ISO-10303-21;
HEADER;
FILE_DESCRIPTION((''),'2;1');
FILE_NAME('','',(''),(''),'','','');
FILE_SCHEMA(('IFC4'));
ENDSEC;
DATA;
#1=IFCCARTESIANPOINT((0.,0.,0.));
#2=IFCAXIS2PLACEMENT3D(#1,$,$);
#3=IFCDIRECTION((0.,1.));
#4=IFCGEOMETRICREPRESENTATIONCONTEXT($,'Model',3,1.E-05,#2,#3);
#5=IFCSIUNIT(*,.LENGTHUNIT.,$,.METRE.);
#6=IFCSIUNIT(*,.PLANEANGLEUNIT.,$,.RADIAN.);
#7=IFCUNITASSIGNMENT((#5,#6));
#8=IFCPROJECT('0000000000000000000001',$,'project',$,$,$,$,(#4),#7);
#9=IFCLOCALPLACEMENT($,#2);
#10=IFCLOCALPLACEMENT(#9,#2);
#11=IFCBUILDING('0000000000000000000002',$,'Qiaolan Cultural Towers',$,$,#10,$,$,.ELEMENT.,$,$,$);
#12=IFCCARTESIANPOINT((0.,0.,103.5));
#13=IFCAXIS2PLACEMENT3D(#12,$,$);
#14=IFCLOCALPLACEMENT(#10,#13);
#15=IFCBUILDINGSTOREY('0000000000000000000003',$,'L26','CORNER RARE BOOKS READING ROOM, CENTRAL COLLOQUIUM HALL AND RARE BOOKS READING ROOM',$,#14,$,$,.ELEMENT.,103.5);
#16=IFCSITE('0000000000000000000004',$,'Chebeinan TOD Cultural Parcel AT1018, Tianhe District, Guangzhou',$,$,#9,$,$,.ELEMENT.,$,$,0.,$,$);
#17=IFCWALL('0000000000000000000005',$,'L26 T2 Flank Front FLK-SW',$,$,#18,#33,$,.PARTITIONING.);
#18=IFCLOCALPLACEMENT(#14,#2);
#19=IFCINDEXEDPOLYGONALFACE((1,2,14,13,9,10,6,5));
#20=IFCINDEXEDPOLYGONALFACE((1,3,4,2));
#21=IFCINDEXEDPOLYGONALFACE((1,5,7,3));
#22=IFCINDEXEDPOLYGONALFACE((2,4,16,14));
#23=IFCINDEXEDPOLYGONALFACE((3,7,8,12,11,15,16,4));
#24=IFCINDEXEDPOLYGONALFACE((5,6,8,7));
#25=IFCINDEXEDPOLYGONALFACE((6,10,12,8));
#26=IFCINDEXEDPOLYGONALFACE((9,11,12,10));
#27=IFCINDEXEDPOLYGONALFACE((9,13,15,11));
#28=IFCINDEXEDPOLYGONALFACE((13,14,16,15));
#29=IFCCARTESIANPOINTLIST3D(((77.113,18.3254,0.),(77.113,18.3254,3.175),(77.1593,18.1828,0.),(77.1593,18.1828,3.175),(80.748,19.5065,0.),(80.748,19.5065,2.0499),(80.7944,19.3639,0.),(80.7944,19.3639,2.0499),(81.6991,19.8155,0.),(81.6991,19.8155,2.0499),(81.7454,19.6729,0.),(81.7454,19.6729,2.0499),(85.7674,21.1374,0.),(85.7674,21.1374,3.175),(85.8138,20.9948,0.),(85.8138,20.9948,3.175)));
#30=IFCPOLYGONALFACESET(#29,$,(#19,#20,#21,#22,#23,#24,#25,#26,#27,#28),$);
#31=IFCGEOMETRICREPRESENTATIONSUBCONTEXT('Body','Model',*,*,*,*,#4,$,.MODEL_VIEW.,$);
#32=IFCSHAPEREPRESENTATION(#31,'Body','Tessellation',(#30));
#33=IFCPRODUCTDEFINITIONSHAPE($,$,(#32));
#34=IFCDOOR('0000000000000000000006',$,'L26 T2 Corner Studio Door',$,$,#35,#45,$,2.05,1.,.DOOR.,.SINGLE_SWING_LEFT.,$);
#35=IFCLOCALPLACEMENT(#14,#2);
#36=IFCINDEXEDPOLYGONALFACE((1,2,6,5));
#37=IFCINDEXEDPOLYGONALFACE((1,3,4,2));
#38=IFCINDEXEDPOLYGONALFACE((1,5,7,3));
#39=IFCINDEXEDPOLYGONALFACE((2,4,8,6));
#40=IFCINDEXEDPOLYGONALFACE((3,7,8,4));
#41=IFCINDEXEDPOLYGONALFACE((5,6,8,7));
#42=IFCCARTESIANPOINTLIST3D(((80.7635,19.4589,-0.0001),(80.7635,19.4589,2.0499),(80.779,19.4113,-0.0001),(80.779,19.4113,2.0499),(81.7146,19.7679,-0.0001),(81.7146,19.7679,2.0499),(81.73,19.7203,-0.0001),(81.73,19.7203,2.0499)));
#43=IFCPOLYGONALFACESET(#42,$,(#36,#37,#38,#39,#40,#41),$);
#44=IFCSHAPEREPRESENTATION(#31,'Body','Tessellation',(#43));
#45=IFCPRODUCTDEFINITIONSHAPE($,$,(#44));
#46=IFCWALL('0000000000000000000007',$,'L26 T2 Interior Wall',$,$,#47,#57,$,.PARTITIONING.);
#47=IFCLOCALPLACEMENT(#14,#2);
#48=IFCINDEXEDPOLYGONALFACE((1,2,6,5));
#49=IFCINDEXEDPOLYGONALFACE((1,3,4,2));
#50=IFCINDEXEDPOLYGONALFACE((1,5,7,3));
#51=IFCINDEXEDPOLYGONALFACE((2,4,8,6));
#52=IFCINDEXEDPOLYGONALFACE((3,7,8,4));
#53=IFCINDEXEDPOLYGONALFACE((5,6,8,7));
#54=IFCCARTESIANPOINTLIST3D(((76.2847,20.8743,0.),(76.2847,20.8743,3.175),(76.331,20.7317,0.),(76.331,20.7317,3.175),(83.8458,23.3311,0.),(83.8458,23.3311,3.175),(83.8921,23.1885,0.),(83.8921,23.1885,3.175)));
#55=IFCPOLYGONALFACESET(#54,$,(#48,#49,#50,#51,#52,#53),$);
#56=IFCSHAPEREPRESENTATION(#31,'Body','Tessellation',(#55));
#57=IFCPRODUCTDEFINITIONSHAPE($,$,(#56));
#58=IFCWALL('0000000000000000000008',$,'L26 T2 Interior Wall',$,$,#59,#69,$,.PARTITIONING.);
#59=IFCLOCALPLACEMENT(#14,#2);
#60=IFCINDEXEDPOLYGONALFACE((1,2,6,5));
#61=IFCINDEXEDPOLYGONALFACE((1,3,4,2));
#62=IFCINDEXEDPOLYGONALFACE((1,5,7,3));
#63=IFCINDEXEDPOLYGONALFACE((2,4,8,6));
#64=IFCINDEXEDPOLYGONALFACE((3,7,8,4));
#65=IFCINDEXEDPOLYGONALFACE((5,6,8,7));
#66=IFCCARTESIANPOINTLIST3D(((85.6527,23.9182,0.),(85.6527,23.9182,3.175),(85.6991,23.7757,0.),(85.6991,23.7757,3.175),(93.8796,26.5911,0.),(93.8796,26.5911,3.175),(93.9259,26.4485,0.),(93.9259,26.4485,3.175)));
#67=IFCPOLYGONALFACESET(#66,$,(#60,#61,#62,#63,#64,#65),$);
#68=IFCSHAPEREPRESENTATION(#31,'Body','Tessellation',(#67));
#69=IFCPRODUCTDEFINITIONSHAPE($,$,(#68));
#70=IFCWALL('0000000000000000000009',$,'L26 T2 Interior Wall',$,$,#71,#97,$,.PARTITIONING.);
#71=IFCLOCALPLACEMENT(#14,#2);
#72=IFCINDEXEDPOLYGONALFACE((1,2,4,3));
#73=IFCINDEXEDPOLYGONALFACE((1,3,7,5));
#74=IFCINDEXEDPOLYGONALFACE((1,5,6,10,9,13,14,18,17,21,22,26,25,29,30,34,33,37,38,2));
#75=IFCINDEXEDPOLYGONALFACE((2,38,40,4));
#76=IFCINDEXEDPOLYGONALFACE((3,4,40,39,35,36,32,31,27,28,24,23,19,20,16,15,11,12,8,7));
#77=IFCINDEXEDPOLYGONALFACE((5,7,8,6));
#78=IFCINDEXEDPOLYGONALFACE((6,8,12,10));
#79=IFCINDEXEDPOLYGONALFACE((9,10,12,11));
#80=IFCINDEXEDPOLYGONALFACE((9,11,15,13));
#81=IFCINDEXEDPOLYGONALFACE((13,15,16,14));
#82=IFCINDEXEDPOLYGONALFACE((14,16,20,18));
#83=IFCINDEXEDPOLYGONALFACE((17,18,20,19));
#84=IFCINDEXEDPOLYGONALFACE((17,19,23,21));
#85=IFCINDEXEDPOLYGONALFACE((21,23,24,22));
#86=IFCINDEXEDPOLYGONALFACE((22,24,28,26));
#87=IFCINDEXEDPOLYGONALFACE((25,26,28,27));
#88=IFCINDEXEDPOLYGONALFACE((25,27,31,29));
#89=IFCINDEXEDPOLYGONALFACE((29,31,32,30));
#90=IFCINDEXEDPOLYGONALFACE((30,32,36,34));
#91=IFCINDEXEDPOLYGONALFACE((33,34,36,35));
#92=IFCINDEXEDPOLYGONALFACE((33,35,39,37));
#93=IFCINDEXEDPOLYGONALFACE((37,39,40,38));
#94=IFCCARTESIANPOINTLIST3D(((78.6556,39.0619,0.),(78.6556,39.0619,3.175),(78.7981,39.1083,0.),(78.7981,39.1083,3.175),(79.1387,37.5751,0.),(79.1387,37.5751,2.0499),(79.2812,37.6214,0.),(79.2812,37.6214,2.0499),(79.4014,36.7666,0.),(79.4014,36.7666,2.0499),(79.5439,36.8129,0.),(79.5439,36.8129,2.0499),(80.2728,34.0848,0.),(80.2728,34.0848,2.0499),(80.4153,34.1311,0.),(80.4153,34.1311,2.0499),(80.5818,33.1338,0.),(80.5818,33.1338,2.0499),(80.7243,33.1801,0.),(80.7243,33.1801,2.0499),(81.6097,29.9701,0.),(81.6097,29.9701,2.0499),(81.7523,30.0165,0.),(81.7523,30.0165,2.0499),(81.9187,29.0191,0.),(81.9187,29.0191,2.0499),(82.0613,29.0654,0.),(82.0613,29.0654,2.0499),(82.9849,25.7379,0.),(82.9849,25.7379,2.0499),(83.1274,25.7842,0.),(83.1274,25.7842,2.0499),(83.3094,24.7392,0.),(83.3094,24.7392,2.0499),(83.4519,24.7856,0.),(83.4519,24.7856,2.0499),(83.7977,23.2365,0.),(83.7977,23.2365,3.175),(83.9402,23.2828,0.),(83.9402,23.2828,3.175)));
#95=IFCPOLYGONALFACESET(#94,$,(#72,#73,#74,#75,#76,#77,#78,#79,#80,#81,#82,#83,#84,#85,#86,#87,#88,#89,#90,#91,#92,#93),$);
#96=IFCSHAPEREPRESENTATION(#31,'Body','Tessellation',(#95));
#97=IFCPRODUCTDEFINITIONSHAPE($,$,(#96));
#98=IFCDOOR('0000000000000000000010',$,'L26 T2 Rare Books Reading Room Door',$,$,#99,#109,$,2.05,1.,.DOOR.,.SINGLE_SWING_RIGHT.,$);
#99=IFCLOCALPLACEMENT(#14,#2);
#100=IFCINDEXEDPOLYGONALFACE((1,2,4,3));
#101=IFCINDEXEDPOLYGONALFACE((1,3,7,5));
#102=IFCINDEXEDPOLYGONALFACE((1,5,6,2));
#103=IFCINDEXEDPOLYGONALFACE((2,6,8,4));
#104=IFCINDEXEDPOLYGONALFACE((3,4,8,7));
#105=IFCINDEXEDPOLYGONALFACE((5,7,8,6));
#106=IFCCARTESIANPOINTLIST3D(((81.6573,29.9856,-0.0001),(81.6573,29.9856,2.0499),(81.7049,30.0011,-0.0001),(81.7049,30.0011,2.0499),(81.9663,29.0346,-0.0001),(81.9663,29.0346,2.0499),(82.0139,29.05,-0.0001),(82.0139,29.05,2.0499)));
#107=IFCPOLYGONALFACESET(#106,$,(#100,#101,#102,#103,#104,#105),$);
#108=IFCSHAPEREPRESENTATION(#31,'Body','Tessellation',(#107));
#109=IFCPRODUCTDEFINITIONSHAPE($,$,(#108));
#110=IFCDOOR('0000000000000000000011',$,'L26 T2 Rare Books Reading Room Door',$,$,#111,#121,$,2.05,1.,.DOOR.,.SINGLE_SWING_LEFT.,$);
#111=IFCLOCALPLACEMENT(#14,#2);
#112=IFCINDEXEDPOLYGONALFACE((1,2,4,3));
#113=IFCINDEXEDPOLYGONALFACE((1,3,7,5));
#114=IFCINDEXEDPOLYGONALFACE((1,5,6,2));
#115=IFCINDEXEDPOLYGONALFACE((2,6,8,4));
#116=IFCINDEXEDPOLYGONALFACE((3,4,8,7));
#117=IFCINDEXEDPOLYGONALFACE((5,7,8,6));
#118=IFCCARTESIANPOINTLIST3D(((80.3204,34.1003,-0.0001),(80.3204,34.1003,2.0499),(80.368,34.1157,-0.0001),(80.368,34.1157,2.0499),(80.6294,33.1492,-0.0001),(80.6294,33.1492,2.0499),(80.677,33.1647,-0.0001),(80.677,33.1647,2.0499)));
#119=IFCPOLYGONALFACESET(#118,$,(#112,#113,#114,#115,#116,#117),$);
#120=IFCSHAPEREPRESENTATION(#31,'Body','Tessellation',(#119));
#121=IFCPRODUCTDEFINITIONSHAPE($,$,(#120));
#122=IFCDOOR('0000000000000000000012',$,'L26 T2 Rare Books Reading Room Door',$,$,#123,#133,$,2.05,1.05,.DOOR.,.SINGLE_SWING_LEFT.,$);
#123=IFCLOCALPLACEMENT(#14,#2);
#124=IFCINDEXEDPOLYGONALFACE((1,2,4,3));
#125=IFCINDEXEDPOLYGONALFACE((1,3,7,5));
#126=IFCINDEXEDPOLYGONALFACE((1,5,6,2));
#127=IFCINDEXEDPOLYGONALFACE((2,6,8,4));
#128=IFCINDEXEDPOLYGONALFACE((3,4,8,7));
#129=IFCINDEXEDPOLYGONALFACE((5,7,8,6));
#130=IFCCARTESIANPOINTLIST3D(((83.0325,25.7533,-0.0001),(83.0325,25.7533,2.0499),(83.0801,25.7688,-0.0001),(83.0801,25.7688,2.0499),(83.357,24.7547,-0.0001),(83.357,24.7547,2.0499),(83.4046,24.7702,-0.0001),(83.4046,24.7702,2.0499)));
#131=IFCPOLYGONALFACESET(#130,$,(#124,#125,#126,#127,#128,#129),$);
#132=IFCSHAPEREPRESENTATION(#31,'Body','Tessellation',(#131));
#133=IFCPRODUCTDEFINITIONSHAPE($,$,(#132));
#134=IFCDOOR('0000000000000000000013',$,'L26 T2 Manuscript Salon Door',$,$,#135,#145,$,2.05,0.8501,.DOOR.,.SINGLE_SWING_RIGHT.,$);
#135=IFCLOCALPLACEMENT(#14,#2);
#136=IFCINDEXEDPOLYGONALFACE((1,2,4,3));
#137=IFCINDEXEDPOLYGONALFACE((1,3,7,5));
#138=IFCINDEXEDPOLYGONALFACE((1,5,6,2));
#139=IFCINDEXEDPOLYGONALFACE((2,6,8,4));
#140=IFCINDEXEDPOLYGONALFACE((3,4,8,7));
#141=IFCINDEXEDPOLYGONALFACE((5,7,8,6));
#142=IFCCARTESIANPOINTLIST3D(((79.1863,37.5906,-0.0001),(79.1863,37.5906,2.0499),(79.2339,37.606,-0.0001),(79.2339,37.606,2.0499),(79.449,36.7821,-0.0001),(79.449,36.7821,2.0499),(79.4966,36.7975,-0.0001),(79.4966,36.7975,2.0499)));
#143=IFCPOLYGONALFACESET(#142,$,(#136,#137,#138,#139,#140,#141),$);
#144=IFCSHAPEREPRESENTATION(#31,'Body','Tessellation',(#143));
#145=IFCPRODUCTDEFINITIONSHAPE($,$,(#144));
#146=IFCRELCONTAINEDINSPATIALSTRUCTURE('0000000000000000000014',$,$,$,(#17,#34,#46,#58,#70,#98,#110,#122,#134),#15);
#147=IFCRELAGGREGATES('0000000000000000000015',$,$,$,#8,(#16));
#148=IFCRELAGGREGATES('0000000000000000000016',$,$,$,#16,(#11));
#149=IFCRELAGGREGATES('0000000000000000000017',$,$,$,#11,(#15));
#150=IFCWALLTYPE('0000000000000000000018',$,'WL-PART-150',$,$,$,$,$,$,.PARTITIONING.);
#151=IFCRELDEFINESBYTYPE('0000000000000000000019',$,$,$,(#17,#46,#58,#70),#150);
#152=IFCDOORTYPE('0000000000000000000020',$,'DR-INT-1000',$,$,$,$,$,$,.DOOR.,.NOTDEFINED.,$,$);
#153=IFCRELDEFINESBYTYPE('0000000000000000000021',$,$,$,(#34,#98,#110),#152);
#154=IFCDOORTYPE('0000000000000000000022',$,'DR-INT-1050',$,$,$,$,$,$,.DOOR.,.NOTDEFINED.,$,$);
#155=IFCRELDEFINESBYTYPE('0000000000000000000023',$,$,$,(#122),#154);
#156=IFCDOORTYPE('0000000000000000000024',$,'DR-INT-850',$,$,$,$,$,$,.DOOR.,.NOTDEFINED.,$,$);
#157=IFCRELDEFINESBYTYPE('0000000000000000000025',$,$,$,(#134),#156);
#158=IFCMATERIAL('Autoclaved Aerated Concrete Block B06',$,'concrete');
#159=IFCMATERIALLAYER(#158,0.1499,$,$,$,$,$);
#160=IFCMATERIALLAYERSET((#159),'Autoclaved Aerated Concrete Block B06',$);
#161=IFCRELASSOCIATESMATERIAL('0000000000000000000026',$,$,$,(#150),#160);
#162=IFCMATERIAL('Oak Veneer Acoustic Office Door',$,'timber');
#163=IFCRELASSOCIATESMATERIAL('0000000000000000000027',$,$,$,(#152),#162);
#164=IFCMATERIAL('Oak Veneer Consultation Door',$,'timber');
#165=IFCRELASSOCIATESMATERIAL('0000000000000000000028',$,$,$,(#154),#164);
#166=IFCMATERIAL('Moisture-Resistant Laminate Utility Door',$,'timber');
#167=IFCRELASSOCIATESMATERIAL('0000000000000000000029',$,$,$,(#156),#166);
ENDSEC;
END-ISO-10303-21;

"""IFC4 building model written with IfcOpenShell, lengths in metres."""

from ifc_helpers import new_model, si_unit, direction, frame, frame_2d, origin, place, context, subcontext, project, spatial, rectangle, extrude, material, layer, layer_set, type_object, element, fill, save


model = new_model("IFC4")

# Units and contexts
model_context = context("Model", 3, precision=1e-05, world=origin(), true_north=direction((0.0, 1.0)))
body_context = subcontext(model_context, "Body", "Model", "MODEL_VIEW")
ifc_project = project(units=[si_unit("LENGTHUNIT", "METRE"), si_unit("PLANEANGLEUNIT", "RADIAN")], contexts=[model_context])

# Site, building, storey
site_placement = place(None, origin())
site = spatial("IfcSite", under=ifc_project, at=site_placement, Name="Chebeinan TOD Cultural Parcel AT1018, Tianhe District, Guangzhou", CompositionType="ELEMENT", RefElevation=0.0)
building_placement = place(site_placement, origin())
building = spatial("IfcBuilding", under=site, at=building_placement, Name="Qiaolan Cultural Towers", CompositionType="ELEMENT")
storey_placement = place(building_placement, frame((0.0, 0.0, 103.5)))
storey = spatial("IfcBuildingStorey", under=building, at=storey_placement, Name="L26", Description="CORNER RARE BOOKS READING ROOM, CENTRAL COLLOQUIUM HALL AND RARE BOOKS READING ROOM", CompositionType="ELEMENT", Elevation=103.5)

# Shared definitions
ifc_material_1 = material(Name="Autoclaved Aerated Concrete Block B06", Category="concrete")
ifc_layer_1 = layer(ifc_material_1, 0.1499)
ifc_layer_set_1 = layer_set([ifc_layer_1], Name="Autoclaved Aerated Concrete Block B06")
wall_type_1 = type_object("IfcWallType", Name="WL-PART-150", PredefinedType="PARTITIONING", material=ifc_layer_set_1)

# Wall, opening, door
wall_1_placement = place(storey_placement, frame((77.1362, 18.2542, 0.0), z_axis=(0.0, 0.0, 1.0), x_axis=(0.951057, 0.309015, 0.0)))
wall_1 = element("IfcWall", 1, at=wall_1_placement, inside=storey, type_object=wall_type_1, Name="L26 T2 Flank Front FLK-SW", PredefinedType="PARTITIONING", context=body_context, shape_type="SweptSolid", body=[
    extrude(rectangle(XDim=9.0999, YDim=0.1499, at=frame_2d((4.5498, 0.0))), origin(), (0.0, 0.0, 1.0), 3.175),
])
opening_1_placement = place(wall_1_placement, frame((3.822, 0.0, 0.0)))
opening_1 = element("IfcOpeningElement", 2, at=opening_1_placement, cuts=wall_1, PredefinedType="OPENING", context=body_context, shape_type="SweptSolid", body=[
    extrude(rectangle(XDim=1.0, YDim=2.05, at=frame_2d((0.5, 1.0249))), frame((0.0, 0.085, 0.0), z_axis=(0.0, -1.0, 0.0), x_axis=(1.0, 0.0, 0.0)), (0.0, 0.0, 1.0), 0.1699),
])
ifc_material_2 = material(Name="Oak Veneer Acoustic Office Door", Category="timber")
door_type_1 = type_object("IfcDoorType", Name="DR-INT-1000", OperationType="NOTDEFINED", PredefinedType="DOOR", material=ifc_material_2)
door_1_placement = place(opening_1_placement, origin())
door_1 = element("IfcDoor", 3, at=door_1_placement, inside=storey, type_object=door_type_1, Name="L26 T2 Corner Studio Door", OperationType="SINGLE_SWING_LEFT", OverallHeight=2.05, OverallWidth=1.0, PredefinedType="DOOR", context=body_context, shape_type="SweptSolid", body=[
    extrude(rectangle(XDim=1.0, YDim=2.05, at=frame_2d((0.5, 1.0249))), frame((0.0, 0.0249, 0.0), z_axis=(0.0, -1.0, 0.0), x_axis=(1.0, 0.0, 0.0)), (0.0, 0.0, 1.0), 0.05),
])
fill(opening_1, door_1)

# Walls
wall_2_placement = place(storey_placement, frame((76.3079, 20.803, 0.0), z_axis=(0.0, 0.0, 1.0), x_axis=(0.951054, 0.309024, 0.0)))
element("IfcWall", 4, at=wall_2_placement, inside=storey, type_object=wall_type_1, Name="L26 T2 Interior Wall", PredefinedType="PARTITIONING", context=body_context, shape_type="SweptSolid", body=[
    extrude(rectangle(XDim=7.9502, YDim=0.1499, at=frame_2d((3.9751, 0.0))), origin(), (0.0, 0.0, 1.0), 3.175),
])
wall_3_placement = place(storey_placement, frame((85.6758, 23.8469, 0.0), z_axis=(0.0, 0.0, 1.0), x_axis=(0.951063, 0.308996, 0.0)))
element("IfcWall", 5, at=wall_3_placement, inside=storey, type_object=wall_type_1, Name="L26 T2 Interior Wall", PredefinedType="PARTITIONING", context=body_context, shape_type="SweptSolid", body=[
    extrude(rectangle(XDim=8.6501, YDim=0.1499, at=frame_2d((4.3252, 0.0))), origin(), (0.0, 0.0, 1.0), 3.175),
])

# Wall, openings, doors
wall_4_placement = place(storey_placement, frame((83.8689, 23.2598, 0.0), z_axis=(0.0, 0.0, 1.0), x_axis=(-0.309022, 0.951055, 0.0)))
wall_4 = element("IfcWall", 6, at=wall_4_placement, inside=storey, type_object=wall_type_1, Name="L26 T2 Interior Wall", PredefinedType="PARTITIONING", context=body_context, shape_type="SweptSolid", body=[
    extrude(rectangle(XDim=16.6399, YDim=0.1499, at=frame_2d((8.3198, 0.0))), origin(), (0.0, 0.0, 1.0), 3.175),
])
opening_2_placement = place(wall_4_placement, frame((1.5801, 0.0, 0.0)))
opening_2 = element("IfcOpeningElement", 7, at=opening_2_placement, cuts=wall_4, PredefinedType="OPENING", context=body_context, shape_type="SweptSolid", body=[
    extrude(rectangle(XDim=1.05, YDim=2.05, at=frame_2d((0.5249, 1.0249))), frame((0.0, 0.085, 0.0), z_axis=(0.0, -1.0, 0.0), x_axis=(1.0, 0.0, 0.0)), (0.0, 0.0, 1.0), 0.1699),
])
opening_3_placement = place(wall_4_placement, frame((6.0801, 0.0, 0.0)))
opening_3 = element("IfcOpeningElement", 8, at=opening_3_placement, cuts=wall_4, PredefinedType="OPENING", context=body_context, shape_type="SweptSolid", body=[
    extrude(rectangle(XDim=1.0, YDim=2.05, at=frame_2d((0.5, 1.0249))), frame((0.0, 0.085, 0.0), z_axis=(0.0, -1.0, 0.0), x_axis=(1.0, 0.0, 0.0)), (0.0, 0.0, 1.0), 0.1699),
])
opening_4_placement = place(wall_4_placement, frame((10.4065, 0.0, 0.0)))
opening_4 = element("IfcOpeningElement", 9, at=opening_4_placement, cuts=wall_4, PredefinedType="OPENING", context=body_context, shape_type="SweptSolid", body=[
    extrude(rectangle(XDim=1.0, YDim=2.05, at=frame_2d((0.5, 1.0249))), frame((0.0, 0.085, 0.0), z_axis=(0.0, -1.0, 0.0), x_axis=(1.0, 0.0, 0.0)), (0.0, 0.0, 1.0), 0.1699),
])
opening_5_placement = place(wall_4_placement, frame((14.2263, 0.0, 0.0)))
opening_5 = element("IfcOpeningElement", 10, at=opening_5_placement, cuts=wall_4, PredefinedType="OPENING", context=body_context, shape_type="SweptSolid", body=[
    extrude(rectangle(XDim=0.8501, YDim=2.05, at=frame_2d((0.425, 1.0249))), frame((0.0, 0.085, 0.0), z_axis=(0.0, -1.0, 0.0), x_axis=(1.0, 0.0, 0.0)), (0.0, 0.0, 1.0), 0.1699),
])
door_2_placement = place(opening_3_placement, origin())
door_2 = element("IfcDoor", 11, at=door_2_placement, inside=storey, type_object=door_type_1, Name="L26 T2 Rare Books Reading Room Door", OperationType="SINGLE_SWING_RIGHT", OverallHeight=2.05, OverallWidth=1.0, PredefinedType="DOOR", context=body_context, shape_type="SweptSolid", body=[
    extrude(rectangle(XDim=1.0, YDim=2.05, at=frame_2d((0.5, 1.0249))), frame((0.0, 0.0249, 0.0), z_axis=(0.0, -1.0, 0.0), x_axis=(1.0, 0.0, 0.0)), (0.0, 0.0, 1.0), 0.05),
])
fill(opening_3, door_2)
door_3_placement = place(opening_4_placement, origin())
door_3 = element("IfcDoor", 12, at=door_3_placement, inside=storey, type_object=door_type_1, Name="L26 T2 Rare Books Reading Room Door", OperationType="SINGLE_SWING_LEFT", OverallHeight=2.05, OverallWidth=1.0, PredefinedType="DOOR", context=body_context, shape_type="SweptSolid", body=[
    extrude(rectangle(XDim=1.0, YDim=2.05, at=frame_2d((0.5, 1.0249))), frame((0.0, 0.0249, 0.0), z_axis=(0.0, -1.0, 0.0), x_axis=(1.0, 0.0, 0.0)), (0.0, 0.0, 1.0), 0.05),
])
fill(opening_4, door_3)
ifc_material_3 = material(Name="Oak Veneer Consultation Door", Category="timber")
door_type_2 = type_object("IfcDoorType", Name="DR-INT-1050", OperationType="NOTDEFINED", PredefinedType="DOOR", material=ifc_material_3)
door_4_placement = place(opening_2_placement, origin())
door_4 = element("IfcDoor", 13, at=door_4_placement, inside=storey, type_object=door_type_2, Name="L26 T2 Rare Books Reading Room Door", OperationType="SINGLE_SWING_LEFT", OverallHeight=2.05, OverallWidth=1.05, PredefinedType="DOOR", context=body_context, shape_type="SweptSolid", body=[
    extrude(rectangle(XDim=1.05, YDim=2.05, at=frame_2d((0.5249, 1.0249))), frame((0.0, 0.0249, 0.0), z_axis=(0.0, -1.0, 0.0), x_axis=(1.0, 0.0, 0.0)), (0.0, 0.0, 1.0), 0.05),
])
fill(opening_2, door_4)
ifc_material_4 = material(Name="Moisture-Resistant Laminate Utility Door", Category="timber")
door_type_3 = type_object("IfcDoorType", Name="DR-INT-850", OperationType="NOTDEFINED", PredefinedType="DOOR", material=ifc_material_4)
door_5_placement = place(opening_5_placement, origin())
door_5 = element("IfcDoor", 14, at=door_5_placement, inside=storey, type_object=door_type_3, Name="L26 T2 Manuscript Salon Door", OperationType="SINGLE_SWING_RIGHT", OverallHeight=2.05, OverallWidth=0.8501, PredefinedType="DOOR", context=body_context, shape_type="SweptSolid", body=[
    extrude(rectangle(XDim=0.8501, YDim=2.05, at=frame_2d((0.425, 1.0249))), frame((0.0, 0.0249, 0.0), z_axis=(0.0, -1.0, 0.0), x_axis=(1.0, 0.0, 0.0)), (0.0, 0.0, 1.0), 0.05),
])
fill(opening_5, door_5)

save(model, "model.ifc")
